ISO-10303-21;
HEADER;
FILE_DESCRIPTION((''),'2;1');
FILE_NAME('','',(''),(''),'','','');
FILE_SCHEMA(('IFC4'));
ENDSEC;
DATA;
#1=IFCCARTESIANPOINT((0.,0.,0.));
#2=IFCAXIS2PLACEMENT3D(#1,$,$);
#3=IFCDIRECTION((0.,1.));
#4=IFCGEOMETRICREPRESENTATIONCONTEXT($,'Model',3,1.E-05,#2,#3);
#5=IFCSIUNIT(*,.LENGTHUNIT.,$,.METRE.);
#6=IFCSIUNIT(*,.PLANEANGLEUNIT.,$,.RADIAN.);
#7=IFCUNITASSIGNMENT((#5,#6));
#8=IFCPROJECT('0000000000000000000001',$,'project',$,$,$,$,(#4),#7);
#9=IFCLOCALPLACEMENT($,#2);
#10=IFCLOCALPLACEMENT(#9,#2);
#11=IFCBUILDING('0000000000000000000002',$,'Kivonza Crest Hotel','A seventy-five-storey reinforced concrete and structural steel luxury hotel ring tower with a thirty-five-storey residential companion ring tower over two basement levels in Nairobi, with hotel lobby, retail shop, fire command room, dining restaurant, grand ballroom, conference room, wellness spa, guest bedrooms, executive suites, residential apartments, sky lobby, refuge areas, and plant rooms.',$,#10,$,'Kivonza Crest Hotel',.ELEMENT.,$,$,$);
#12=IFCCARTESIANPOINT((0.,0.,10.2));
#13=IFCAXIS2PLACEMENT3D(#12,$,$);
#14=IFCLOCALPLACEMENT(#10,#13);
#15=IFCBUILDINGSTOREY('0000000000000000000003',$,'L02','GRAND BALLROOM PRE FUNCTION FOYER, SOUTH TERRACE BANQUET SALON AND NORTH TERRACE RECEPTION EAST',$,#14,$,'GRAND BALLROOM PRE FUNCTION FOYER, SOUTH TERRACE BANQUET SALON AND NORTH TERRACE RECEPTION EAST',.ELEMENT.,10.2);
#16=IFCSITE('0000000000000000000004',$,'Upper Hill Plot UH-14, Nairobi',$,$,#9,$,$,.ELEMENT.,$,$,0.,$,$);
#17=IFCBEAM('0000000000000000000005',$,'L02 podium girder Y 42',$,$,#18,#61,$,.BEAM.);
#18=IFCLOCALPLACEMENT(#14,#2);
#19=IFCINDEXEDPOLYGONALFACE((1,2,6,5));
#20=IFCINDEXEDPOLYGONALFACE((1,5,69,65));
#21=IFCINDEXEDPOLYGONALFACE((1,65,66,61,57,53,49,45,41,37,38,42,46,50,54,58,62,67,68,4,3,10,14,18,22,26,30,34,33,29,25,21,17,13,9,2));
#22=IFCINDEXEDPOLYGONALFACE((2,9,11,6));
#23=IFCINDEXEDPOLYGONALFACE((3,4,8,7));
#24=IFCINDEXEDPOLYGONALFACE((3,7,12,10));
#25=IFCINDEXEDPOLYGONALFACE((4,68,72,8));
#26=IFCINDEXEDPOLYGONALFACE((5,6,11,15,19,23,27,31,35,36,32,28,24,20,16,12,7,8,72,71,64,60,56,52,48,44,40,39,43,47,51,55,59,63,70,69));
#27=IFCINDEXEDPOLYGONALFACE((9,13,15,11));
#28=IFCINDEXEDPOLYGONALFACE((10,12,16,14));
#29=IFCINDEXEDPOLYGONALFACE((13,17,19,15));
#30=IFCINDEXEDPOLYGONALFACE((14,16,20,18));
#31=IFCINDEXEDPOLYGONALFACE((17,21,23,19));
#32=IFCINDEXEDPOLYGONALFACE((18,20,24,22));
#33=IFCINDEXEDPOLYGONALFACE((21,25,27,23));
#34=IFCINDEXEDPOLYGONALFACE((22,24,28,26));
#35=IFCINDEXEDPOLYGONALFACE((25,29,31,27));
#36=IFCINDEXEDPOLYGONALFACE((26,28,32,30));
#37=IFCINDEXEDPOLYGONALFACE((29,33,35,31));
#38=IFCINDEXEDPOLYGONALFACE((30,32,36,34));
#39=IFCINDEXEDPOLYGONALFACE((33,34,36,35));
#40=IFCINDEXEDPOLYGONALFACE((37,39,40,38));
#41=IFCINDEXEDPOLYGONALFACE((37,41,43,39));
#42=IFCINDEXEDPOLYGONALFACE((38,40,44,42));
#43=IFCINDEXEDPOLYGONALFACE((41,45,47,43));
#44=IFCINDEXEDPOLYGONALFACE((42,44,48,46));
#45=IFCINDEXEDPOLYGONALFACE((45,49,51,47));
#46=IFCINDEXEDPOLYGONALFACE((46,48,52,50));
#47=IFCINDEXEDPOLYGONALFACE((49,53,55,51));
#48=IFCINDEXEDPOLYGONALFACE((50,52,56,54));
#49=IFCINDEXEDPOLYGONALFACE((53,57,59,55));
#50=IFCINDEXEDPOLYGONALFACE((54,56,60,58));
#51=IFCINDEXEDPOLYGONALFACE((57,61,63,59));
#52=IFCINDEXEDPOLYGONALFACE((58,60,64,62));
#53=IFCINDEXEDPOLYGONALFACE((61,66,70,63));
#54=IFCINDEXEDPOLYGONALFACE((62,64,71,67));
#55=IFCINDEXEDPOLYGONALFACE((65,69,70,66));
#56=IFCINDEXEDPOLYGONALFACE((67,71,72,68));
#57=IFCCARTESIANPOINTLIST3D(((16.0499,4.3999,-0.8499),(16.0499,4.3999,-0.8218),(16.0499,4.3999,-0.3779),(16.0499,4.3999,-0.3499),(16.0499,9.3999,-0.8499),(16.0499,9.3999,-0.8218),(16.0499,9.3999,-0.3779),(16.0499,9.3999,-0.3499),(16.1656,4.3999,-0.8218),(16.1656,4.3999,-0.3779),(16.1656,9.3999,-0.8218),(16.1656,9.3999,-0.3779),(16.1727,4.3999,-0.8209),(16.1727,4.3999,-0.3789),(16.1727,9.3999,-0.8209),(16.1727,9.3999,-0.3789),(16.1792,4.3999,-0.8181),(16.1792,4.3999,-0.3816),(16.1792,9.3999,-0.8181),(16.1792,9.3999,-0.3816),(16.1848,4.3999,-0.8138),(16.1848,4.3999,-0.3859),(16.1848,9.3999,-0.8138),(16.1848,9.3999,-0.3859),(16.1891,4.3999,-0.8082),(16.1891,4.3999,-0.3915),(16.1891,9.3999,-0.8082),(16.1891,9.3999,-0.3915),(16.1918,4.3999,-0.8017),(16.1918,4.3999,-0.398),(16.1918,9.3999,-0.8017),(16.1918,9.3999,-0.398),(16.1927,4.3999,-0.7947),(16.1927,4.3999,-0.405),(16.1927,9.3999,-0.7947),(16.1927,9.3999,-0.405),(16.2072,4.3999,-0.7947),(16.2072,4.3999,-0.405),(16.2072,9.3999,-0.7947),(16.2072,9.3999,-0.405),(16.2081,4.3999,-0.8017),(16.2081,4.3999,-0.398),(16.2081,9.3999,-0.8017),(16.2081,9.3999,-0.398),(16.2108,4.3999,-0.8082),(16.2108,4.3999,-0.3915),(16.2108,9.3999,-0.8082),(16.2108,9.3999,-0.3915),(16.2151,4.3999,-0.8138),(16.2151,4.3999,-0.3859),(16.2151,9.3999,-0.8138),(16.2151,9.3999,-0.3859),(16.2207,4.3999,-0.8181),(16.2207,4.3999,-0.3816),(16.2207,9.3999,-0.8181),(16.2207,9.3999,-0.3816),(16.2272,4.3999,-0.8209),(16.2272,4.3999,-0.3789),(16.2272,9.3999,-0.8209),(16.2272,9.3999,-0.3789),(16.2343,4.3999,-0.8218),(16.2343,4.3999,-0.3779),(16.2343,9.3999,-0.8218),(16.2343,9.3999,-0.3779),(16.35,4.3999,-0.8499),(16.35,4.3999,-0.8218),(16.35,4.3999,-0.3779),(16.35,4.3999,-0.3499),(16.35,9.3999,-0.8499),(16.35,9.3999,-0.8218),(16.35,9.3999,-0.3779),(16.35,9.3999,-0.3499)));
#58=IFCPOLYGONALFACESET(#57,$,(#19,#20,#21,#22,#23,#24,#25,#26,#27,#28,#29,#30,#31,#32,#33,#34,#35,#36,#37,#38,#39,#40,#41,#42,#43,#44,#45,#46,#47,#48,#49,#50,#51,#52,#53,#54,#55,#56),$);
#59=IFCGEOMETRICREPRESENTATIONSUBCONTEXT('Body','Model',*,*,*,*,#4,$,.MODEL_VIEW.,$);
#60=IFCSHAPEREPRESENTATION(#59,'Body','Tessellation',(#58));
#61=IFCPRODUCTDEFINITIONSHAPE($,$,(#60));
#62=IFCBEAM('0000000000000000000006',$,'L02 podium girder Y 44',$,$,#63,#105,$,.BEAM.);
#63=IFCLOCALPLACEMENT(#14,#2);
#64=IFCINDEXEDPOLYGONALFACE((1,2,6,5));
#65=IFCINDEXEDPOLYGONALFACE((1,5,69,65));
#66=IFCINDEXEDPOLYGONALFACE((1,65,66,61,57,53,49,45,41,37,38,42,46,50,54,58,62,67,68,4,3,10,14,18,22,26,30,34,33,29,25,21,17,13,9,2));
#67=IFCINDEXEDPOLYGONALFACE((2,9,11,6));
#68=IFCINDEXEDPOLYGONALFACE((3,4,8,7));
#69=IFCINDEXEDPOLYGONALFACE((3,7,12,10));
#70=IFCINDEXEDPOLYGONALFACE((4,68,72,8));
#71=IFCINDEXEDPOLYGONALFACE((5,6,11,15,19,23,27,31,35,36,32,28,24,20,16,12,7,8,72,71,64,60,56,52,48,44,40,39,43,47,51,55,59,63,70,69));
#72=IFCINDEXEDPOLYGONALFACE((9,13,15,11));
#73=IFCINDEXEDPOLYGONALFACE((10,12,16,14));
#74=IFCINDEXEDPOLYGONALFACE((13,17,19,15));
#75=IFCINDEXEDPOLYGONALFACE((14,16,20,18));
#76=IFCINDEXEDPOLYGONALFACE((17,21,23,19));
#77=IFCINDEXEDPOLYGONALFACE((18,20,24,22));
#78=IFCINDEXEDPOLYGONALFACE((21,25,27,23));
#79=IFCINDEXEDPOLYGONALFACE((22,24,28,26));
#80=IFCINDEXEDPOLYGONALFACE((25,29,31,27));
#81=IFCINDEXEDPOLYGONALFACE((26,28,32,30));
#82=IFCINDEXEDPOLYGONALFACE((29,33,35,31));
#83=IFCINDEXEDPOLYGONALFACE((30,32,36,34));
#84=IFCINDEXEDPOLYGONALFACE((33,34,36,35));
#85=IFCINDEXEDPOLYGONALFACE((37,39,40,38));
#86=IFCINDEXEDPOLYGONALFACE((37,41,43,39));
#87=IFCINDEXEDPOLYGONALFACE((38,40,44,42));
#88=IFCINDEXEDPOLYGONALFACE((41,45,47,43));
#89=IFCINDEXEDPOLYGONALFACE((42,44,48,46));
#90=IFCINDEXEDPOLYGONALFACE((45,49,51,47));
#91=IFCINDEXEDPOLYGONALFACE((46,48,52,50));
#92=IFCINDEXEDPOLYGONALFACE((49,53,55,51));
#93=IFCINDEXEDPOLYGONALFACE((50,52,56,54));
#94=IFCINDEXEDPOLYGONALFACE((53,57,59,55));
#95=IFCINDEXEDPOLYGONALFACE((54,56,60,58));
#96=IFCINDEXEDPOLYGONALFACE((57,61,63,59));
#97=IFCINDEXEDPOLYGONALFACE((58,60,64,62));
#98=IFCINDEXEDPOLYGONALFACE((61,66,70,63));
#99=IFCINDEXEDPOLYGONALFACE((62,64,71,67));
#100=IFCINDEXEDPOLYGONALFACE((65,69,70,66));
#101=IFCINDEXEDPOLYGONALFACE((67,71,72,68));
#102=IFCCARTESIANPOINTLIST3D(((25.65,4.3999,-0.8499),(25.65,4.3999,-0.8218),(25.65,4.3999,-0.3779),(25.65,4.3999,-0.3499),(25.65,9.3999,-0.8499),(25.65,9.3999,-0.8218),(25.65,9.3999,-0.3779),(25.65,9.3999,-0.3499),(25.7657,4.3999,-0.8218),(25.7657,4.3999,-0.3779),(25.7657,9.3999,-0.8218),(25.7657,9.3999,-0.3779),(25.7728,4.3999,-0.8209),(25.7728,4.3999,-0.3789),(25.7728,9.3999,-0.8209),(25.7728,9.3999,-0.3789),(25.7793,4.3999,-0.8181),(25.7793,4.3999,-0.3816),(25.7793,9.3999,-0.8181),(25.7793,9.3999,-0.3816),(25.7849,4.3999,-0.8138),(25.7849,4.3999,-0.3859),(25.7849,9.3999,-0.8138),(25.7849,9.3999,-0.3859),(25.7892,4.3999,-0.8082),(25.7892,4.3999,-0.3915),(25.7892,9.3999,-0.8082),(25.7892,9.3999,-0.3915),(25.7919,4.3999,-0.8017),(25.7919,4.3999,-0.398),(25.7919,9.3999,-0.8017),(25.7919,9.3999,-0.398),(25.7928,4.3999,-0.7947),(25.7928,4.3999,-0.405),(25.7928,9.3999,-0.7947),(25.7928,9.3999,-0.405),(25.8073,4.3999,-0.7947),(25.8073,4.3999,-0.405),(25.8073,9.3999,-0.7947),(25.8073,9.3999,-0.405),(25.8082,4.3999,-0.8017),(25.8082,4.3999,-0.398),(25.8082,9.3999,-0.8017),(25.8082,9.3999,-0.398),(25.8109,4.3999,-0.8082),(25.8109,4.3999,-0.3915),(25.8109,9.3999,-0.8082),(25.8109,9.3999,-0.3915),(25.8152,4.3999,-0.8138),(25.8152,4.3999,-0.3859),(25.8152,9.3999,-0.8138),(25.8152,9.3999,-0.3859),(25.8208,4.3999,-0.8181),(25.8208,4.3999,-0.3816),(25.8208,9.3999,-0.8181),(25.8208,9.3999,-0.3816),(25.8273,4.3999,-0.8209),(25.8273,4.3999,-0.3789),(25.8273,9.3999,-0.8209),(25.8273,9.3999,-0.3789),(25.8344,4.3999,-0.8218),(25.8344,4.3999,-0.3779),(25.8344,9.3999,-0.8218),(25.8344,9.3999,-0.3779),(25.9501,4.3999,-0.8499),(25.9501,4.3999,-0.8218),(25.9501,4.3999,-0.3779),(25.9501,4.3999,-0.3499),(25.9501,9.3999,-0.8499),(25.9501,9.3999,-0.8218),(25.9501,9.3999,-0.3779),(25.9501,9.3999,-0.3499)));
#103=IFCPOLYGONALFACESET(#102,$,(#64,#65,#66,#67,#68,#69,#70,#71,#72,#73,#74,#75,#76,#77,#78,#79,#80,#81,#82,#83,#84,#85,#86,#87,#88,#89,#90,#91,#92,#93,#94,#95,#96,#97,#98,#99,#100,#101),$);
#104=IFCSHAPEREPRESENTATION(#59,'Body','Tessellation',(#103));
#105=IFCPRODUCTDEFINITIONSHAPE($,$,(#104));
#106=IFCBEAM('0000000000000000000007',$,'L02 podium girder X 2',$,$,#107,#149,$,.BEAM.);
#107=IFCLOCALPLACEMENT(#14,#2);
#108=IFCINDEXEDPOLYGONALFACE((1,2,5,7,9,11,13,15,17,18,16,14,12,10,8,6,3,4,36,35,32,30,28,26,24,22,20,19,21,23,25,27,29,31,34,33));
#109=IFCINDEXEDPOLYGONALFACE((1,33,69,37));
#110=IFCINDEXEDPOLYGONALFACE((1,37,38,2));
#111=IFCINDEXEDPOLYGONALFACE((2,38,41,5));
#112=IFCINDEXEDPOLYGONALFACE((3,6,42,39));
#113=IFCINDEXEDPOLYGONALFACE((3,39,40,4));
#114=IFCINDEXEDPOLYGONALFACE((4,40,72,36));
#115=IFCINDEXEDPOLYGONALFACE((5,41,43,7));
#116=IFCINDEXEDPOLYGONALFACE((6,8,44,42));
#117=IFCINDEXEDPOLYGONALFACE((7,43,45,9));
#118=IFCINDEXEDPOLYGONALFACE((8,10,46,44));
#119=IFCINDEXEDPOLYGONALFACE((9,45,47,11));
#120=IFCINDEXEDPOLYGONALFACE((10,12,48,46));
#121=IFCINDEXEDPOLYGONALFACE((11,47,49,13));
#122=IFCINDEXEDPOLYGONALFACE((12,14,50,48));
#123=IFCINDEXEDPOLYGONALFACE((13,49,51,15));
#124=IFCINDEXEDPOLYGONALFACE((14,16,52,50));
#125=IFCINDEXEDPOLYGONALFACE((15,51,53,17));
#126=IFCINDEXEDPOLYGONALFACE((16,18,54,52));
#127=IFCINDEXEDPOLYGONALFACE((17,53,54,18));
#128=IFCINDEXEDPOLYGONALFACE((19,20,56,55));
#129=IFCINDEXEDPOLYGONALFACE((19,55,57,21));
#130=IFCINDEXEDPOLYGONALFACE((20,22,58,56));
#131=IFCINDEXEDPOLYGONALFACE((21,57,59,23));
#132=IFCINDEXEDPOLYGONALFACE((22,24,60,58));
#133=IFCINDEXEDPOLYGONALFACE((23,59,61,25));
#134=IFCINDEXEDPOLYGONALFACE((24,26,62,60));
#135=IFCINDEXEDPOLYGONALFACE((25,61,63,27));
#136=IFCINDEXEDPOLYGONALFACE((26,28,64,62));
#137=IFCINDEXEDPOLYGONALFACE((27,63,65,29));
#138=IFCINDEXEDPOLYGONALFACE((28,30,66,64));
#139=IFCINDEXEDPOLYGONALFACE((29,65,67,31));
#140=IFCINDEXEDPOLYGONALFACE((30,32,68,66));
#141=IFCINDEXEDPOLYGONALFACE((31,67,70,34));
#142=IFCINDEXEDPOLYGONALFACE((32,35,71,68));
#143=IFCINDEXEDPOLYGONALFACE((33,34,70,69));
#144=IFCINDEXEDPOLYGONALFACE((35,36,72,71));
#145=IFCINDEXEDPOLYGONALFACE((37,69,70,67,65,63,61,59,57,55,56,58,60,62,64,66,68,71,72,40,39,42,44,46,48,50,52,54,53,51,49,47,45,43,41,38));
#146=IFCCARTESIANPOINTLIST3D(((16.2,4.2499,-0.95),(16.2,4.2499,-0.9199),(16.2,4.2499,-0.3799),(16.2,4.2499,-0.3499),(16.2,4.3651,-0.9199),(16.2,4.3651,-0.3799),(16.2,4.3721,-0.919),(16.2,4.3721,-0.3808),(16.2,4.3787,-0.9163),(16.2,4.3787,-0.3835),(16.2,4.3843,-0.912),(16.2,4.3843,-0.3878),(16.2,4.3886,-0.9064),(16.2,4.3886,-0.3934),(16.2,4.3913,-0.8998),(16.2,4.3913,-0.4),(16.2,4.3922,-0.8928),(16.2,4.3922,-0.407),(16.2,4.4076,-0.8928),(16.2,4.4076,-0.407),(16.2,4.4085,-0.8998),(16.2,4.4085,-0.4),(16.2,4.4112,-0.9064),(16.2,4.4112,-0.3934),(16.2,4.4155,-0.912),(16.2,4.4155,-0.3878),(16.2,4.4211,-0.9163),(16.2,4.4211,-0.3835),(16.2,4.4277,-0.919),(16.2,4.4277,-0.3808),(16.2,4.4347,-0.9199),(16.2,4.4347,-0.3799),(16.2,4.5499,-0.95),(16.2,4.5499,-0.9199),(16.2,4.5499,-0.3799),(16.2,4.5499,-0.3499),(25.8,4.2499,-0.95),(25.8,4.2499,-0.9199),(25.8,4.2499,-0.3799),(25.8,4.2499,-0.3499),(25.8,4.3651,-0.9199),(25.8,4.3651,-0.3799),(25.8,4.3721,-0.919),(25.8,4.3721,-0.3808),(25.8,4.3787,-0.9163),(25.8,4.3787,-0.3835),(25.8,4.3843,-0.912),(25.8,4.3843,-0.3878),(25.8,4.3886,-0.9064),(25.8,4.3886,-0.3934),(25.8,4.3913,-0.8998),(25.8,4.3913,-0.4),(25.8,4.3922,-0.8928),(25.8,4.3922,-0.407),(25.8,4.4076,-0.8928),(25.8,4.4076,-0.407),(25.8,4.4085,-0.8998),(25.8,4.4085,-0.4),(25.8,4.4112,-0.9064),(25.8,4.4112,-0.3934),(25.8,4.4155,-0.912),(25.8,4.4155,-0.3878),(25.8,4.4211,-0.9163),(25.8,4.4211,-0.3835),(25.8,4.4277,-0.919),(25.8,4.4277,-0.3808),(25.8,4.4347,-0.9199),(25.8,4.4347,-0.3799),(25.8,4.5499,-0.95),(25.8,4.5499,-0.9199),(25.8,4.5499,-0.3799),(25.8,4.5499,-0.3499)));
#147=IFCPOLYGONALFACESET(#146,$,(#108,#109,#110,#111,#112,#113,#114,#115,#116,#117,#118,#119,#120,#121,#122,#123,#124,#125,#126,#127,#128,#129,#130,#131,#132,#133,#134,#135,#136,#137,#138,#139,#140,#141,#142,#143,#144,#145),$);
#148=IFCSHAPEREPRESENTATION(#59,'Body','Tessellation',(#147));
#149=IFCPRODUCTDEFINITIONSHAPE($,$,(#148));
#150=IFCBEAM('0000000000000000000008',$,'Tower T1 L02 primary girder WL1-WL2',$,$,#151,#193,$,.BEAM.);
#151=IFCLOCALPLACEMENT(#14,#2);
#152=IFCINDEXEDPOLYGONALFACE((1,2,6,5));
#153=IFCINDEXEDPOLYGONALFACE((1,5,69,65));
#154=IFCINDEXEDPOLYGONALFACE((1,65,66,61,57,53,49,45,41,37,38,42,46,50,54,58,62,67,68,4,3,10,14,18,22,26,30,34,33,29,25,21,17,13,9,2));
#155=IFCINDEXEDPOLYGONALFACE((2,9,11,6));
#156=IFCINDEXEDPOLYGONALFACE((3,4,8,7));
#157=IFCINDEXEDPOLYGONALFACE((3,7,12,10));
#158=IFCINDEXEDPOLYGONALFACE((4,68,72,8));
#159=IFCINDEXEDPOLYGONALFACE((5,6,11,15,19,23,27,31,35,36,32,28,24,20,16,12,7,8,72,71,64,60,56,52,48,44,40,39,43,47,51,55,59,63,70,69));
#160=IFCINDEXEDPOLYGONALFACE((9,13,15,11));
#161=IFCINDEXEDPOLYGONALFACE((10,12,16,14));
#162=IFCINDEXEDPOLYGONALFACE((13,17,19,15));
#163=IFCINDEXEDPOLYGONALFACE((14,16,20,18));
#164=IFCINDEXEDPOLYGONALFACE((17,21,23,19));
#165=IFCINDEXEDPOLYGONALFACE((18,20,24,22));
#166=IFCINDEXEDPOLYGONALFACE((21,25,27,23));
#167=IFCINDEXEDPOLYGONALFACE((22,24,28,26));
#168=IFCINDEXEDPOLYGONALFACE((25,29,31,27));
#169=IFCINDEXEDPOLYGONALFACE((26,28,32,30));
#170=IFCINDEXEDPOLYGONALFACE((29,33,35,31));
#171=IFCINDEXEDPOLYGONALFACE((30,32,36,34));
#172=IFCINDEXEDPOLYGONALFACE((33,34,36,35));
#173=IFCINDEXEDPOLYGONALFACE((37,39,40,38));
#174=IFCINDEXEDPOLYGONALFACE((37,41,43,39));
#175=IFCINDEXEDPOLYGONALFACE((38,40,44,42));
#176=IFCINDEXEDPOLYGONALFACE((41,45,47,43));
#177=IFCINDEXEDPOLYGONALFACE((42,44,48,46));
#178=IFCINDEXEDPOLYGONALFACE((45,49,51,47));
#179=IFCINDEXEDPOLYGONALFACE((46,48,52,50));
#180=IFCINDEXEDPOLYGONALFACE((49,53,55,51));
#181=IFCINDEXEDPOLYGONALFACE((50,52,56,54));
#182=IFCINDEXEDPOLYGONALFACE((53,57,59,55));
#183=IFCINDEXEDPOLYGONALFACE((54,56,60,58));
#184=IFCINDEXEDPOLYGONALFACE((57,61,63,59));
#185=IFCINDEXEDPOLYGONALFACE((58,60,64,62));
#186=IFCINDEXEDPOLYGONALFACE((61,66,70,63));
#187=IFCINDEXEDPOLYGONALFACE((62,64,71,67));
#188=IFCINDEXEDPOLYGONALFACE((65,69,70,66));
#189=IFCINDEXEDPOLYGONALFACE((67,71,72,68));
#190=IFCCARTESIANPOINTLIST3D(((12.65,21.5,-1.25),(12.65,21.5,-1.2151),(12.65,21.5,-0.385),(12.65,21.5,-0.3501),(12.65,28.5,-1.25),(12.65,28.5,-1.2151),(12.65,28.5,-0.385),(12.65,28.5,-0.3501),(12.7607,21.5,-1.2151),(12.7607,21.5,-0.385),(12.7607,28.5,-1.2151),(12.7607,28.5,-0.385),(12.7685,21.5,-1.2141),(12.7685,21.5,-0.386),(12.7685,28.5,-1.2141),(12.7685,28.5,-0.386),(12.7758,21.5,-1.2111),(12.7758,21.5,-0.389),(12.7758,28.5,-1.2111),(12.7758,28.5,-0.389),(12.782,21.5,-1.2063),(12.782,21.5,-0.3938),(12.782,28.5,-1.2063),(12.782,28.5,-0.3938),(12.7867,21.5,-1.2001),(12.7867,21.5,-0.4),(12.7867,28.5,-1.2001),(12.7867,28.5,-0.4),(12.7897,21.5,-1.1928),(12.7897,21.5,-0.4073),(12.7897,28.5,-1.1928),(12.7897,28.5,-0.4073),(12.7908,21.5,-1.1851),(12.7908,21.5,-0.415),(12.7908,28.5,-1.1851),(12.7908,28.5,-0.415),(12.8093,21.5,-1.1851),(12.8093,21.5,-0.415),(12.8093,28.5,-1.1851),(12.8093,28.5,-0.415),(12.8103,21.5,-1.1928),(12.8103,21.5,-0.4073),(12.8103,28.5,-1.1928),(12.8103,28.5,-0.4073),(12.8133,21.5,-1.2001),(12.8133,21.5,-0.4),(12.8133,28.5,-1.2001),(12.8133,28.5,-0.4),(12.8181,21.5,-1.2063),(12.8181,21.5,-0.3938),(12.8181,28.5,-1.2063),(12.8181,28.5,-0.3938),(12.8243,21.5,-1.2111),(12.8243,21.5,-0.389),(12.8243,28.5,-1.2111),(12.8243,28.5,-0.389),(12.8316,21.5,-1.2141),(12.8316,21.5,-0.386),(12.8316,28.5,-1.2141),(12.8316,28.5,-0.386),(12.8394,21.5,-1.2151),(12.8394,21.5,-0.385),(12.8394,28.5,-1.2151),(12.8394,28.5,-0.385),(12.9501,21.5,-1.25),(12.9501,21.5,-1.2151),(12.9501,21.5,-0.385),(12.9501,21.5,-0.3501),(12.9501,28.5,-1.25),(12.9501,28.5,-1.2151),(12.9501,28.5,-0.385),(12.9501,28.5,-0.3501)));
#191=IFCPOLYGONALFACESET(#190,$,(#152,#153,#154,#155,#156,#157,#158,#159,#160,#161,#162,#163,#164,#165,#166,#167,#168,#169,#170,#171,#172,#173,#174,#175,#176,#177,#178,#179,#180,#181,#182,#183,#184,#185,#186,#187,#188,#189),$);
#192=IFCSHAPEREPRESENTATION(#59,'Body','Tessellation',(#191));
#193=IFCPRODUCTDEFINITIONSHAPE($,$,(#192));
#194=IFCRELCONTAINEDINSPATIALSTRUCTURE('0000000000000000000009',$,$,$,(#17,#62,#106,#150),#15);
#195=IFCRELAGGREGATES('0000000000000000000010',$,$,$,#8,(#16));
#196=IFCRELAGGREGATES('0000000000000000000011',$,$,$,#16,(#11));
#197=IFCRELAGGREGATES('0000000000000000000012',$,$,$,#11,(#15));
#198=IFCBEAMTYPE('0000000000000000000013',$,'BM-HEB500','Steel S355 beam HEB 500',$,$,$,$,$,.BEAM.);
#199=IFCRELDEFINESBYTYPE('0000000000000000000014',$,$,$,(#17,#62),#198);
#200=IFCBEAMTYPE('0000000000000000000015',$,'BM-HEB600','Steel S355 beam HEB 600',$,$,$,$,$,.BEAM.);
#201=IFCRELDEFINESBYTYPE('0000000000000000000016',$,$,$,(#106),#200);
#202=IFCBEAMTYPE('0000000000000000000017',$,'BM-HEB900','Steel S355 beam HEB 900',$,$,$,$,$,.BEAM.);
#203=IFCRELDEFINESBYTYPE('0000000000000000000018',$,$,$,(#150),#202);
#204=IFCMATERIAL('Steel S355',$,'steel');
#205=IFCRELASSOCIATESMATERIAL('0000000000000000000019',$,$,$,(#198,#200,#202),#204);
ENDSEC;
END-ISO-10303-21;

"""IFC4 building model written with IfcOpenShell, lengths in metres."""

from ifc_helpers import new_model, si_unit, direction, frame, origin, origin_2d, place, context, subcontext, project, spatial, i_section, extrude, material, material_profile, profile_set, type_object, element, save


model = new_model("IFC4")

# Units and contexts
model_context = context("Model", 3, precision=1e-05, world=origin(), true_north=direction((0.0, 1.0)))
body_context = subcontext(model_context, "Body", "Model", "MODEL_VIEW")
ifc_project = project(units=[si_unit("LENGTHUNIT", "METRE"), si_unit("PLANEANGLEUNIT", "RADIAN")], contexts=[model_context])

# Site, building, storey
site_placement = place(None, origin())
site = spatial("IfcSite", under=ifc_project, at=site_placement, Name="Upper Hill Plot UH-14, Nairobi", CompositionType="ELEMENT", RefElevation=0.0)
building_placement = place(site_placement, origin())
building = spatial("IfcBuilding", under=site, at=building_placement, Name="Kivonza Crest Hotel", Description="A seventy-five-storey reinforced concrete and structural steel luxury hotel ring tower with a thirty-five-storey residential companion ring tower over two basement levels in Nairobi, with hotel lobby, retail shop, fire command room, dining restaurant, grand ballroom, conference room, wellness spa, guest bedrooms, executive suites, residential apartments, sky lobby, refuge areas, and plant rooms.", LongName="Kivonza Crest Hotel", CompositionType="ELEMENT")
storey_placement = place(building_placement, frame((0.0, 0.0, 10.2)))
storey = spatial("IfcBuildingStorey", under=building, at=storey_placement, Name="L02", Description="GRAND BALLROOM PRE FUNCTION FOYER, SOUTH TERRACE BANQUET SALON AND NORTH TERRACE RECEPTION EAST", LongName="GRAND BALLROOM PRE FUNCTION FOYER, SOUTH TERRACE BANQUET SALON AND NORTH TERRACE RECEPTION EAST", CompositionType="ELEMENT", Elevation=10.2)

# Beams
ifc_material_1 = material(Name="Steel S355", Category="steel")
ifc_material_profile_1 = material_profile(ifc_material_1, i_section(OverallWidth=0.3, OverallDepth=0.5, WebThickness=0.0144, FlangeThickness=0.0281, FilletRadius=0.0271, at=origin_2d()), Name="HEB 500")
ifc_profile_set_1 = profile_set([ifc_material_profile_1], Name="Steel S355")
beam_type_1 = type_object("IfcBeamType", Name="BM-HEB500", Description="Steel S355 beam HEB 500", PredefinedType="BEAM", material=ifc_profile_set_1)
for number, where, z_axis, x_axis, name in (
    (1, (16.2, 4.3999, -0.5999), (0.0, 1.0, 0.0), (-1.0, 0.0, 0.0), "L02 podium girder Y 42"),
    (2, (25.8, 4.3999, -0.5999), (0.0, 1.0, 0.0), (-1.0, 0.0, 0.0), "L02 podium girder Y 44"),
):
    element("IfcBeam", number, at=place(storey_placement, frame(where, z_axis=z_axis, x_axis=x_axis)), inside=storey, type_object=beam_type_1, Name=name, PredefinedType="BEAM", context=body_context, shape_type="SweptSolid", body=[
        extrude(i_section(OverallWidth=0.3, OverallDepth=0.5, WebThickness=0.0144, FlangeThickness=0.0281, FilletRadius=0.0271, at=origin_2d()), origin(), (0.0, 0.0, 1.0), 5.0),
    ])
ifc_material_profile_2 = material_profile(ifc_material_1, i_section(OverallWidth=0.3, OverallDepth=0.6001, WebThickness=0.0154, FlangeThickness=0.03, FilletRadius=0.0271, at=origin_2d()), Name="HEB 600")
ifc_profile_set_2 = profile_set([ifc_material_profile_2], Name="Steel S355")
beam_type_2 = type_object("IfcBeamType", Name="BM-HEB600", Description="Steel S355 beam HEB 600", PredefinedType="BEAM", material=ifc_profile_set_2)
beam_1_placement = place(storey_placement, frame((16.2, 4.3999, -0.6499), z_axis=(1.0, 0.0, 0.0), x_axis=(0.0, 1.0, 0.0)))
element("IfcBeam", 3, at=beam_1_placement, inside=storey, type_object=beam_type_2, Name="L02 podium girder X 2", PredefinedType="BEAM", context=body_context, shape_type="SweptSolid", body=[
    extrude(i_section(OverallWidth=0.3, OverallDepth=0.6001, WebThickness=0.0154, FlangeThickness=0.03, FilletRadius=0.0271, at=origin_2d()), origin(), (0.0, 0.0, 1.0), 9.6001),
])
ifc_material_profile_3 = material_profile(ifc_material_1, i_section(OverallWidth=0.3, OverallDepth=0.8999, WebThickness=0.0186, FlangeThickness=0.0349, FilletRadius=0.03, at=origin_2d()), Name="HEB 900")
ifc_profile_set_3 = profile_set([ifc_material_profile_3], Name="Steel S355")
beam_type_3 = type_object("IfcBeamType", Name="BM-HEB900", Description="Steel S355 beam HEB 900", PredefinedType="BEAM", material=ifc_profile_set_3)
beam_2_placement = place(storey_placement, frame((12.8, 21.5, -0.8), z_axis=(0.0, 1.0, 0.0), x_axis=(-1.0, 0.0, 0.0)))
element("IfcBeam", 4, at=beam_2_placement, inside=storey, type_object=beam_type_3, Name="Tower T1 L02 primary girder WL1-WL2", PredefinedType="BEAM", context=body_context, shape_type="SweptSolid", body=[
    extrude(i_section(OverallWidth=0.3, OverallDepth=0.8999, WebThickness=0.0186, FlangeThickness=0.0349, FilletRadius=0.03, at=origin_2d()), origin(), (0.0, 0.0, 1.0), 7.0),
])

save(model, "model.ifc")
